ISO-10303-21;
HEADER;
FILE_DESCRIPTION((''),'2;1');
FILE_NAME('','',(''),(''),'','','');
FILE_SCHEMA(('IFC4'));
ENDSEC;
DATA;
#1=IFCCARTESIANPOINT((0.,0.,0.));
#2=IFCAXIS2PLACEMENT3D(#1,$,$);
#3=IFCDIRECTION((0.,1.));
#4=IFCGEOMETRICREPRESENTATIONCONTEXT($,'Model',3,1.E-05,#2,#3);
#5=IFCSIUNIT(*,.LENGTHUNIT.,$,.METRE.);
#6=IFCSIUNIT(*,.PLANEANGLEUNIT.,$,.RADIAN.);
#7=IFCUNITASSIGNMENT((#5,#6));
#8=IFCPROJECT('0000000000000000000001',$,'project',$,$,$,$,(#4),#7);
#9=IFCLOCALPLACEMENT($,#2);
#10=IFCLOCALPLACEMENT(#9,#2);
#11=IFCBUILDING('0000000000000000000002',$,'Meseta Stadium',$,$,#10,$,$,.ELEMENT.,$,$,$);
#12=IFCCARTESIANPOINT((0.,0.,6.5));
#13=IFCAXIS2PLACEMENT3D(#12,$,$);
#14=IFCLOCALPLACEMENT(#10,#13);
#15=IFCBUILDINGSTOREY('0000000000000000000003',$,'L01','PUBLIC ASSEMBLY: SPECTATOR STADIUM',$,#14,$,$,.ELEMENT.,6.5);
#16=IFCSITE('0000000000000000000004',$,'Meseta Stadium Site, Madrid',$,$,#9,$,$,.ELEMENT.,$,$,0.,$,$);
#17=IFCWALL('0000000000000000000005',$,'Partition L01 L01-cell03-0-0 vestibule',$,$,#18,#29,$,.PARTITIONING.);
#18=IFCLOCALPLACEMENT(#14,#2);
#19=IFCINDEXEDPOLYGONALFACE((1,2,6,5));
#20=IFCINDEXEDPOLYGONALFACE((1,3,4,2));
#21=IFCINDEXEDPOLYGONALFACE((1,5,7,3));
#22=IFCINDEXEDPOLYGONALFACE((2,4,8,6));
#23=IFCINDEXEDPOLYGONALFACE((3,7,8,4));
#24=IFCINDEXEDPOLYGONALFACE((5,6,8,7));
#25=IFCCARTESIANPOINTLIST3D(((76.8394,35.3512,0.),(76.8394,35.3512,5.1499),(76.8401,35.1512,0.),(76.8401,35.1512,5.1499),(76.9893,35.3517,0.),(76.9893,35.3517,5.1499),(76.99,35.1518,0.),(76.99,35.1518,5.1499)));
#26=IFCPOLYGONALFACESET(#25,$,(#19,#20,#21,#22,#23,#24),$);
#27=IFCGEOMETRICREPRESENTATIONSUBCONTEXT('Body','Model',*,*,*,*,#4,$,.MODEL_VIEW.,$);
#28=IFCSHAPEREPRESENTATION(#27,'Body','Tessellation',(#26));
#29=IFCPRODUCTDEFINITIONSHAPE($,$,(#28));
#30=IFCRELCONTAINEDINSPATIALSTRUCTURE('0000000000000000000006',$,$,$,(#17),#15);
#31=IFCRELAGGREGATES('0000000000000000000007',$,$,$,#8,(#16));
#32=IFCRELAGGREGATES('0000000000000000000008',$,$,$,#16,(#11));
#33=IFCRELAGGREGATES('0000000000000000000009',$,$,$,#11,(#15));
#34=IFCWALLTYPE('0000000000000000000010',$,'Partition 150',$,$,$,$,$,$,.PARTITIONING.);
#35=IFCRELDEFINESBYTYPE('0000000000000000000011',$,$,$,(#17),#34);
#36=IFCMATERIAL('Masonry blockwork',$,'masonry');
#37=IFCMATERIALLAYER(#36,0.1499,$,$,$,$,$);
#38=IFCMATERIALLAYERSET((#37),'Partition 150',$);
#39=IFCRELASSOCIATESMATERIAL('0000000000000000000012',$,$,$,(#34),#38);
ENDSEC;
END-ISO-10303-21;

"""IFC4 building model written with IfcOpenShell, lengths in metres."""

from ifc_helpers import new_model, si_unit, direction, frame, frame_2d, origin, place, context, subcontext, project, spatial, rectangle, extrude, material, layer, layer_set, type_object, element, save


model = new_model("IFC4")

# Units and contexts
model_context = context("Model", 3, precision=1e-05, world=origin(), true_north=direction((0.0, 1.0)))
body_context = subcontext(model_context, "Body", "Model", "MODEL_VIEW")
ifc_project = project(units=[si_unit("LENGTHUNIT", "METRE"), si_unit("PLANEANGLEUNIT", "RADIAN")], contexts=[model_context])

# Site, building, storey
site_placement = place(None, origin())
site = spatial("IfcSite", under=ifc_project, at=site_placement, Name="Meseta Stadium Site, Madrid", CompositionType="ELEMENT", RefElevation=0.0)
building_placement = place(site_placement, origin())
building = spatial("IfcBuilding", under=site, at=building_placement, Name="Meseta Stadium", CompositionType="ELEMENT")
storey_placement = place(building_placement, frame((0.0, 0.0, 6.5)))
storey = spatial("IfcBuildingStorey", under=building, at=storey_placement, Name="L01", Description="PUBLIC ASSEMBLY: SPECTATOR STADIUM", CompositionType="ELEMENT", Elevation=6.5)

# Shared definitions
ifc_material_1 = material(Name="Masonry blockwork", Category="masonry")
ifc_layer = layer(ifc_material_1, 0.1499)
ifc_layer_set = layer_set([ifc_layer], Name="Partition 150")
wall_type = type_object("IfcWallType", Name="Partition 150", PredefinedType="PARTITIONING", material=ifc_layer_set)

# Wall
wall_1_placement = place(storey_placement, frame((76.9143, 35.3516, 0.0), z_axis=(0.0, 0.0, 1.0), x_axis=(0.003663, -0.999993, 0.0)))
element("IfcWall", 1, at=wall_1_placement, inside=storey, type_object=wall_type, Name="Partition L01 L01-cell03-0-0 vestibule", PredefinedType="PARTITIONING", context=body_context, shape_type="SweptSolid", body=[
    extrude(rectangle(XDim=0.2, YDim=0.1499, at=frame_2d((0.1001, 0.0))), origin(), (0.0, 0.0, 1.0), 5.1499),
])

save(model, "model.ifc")
